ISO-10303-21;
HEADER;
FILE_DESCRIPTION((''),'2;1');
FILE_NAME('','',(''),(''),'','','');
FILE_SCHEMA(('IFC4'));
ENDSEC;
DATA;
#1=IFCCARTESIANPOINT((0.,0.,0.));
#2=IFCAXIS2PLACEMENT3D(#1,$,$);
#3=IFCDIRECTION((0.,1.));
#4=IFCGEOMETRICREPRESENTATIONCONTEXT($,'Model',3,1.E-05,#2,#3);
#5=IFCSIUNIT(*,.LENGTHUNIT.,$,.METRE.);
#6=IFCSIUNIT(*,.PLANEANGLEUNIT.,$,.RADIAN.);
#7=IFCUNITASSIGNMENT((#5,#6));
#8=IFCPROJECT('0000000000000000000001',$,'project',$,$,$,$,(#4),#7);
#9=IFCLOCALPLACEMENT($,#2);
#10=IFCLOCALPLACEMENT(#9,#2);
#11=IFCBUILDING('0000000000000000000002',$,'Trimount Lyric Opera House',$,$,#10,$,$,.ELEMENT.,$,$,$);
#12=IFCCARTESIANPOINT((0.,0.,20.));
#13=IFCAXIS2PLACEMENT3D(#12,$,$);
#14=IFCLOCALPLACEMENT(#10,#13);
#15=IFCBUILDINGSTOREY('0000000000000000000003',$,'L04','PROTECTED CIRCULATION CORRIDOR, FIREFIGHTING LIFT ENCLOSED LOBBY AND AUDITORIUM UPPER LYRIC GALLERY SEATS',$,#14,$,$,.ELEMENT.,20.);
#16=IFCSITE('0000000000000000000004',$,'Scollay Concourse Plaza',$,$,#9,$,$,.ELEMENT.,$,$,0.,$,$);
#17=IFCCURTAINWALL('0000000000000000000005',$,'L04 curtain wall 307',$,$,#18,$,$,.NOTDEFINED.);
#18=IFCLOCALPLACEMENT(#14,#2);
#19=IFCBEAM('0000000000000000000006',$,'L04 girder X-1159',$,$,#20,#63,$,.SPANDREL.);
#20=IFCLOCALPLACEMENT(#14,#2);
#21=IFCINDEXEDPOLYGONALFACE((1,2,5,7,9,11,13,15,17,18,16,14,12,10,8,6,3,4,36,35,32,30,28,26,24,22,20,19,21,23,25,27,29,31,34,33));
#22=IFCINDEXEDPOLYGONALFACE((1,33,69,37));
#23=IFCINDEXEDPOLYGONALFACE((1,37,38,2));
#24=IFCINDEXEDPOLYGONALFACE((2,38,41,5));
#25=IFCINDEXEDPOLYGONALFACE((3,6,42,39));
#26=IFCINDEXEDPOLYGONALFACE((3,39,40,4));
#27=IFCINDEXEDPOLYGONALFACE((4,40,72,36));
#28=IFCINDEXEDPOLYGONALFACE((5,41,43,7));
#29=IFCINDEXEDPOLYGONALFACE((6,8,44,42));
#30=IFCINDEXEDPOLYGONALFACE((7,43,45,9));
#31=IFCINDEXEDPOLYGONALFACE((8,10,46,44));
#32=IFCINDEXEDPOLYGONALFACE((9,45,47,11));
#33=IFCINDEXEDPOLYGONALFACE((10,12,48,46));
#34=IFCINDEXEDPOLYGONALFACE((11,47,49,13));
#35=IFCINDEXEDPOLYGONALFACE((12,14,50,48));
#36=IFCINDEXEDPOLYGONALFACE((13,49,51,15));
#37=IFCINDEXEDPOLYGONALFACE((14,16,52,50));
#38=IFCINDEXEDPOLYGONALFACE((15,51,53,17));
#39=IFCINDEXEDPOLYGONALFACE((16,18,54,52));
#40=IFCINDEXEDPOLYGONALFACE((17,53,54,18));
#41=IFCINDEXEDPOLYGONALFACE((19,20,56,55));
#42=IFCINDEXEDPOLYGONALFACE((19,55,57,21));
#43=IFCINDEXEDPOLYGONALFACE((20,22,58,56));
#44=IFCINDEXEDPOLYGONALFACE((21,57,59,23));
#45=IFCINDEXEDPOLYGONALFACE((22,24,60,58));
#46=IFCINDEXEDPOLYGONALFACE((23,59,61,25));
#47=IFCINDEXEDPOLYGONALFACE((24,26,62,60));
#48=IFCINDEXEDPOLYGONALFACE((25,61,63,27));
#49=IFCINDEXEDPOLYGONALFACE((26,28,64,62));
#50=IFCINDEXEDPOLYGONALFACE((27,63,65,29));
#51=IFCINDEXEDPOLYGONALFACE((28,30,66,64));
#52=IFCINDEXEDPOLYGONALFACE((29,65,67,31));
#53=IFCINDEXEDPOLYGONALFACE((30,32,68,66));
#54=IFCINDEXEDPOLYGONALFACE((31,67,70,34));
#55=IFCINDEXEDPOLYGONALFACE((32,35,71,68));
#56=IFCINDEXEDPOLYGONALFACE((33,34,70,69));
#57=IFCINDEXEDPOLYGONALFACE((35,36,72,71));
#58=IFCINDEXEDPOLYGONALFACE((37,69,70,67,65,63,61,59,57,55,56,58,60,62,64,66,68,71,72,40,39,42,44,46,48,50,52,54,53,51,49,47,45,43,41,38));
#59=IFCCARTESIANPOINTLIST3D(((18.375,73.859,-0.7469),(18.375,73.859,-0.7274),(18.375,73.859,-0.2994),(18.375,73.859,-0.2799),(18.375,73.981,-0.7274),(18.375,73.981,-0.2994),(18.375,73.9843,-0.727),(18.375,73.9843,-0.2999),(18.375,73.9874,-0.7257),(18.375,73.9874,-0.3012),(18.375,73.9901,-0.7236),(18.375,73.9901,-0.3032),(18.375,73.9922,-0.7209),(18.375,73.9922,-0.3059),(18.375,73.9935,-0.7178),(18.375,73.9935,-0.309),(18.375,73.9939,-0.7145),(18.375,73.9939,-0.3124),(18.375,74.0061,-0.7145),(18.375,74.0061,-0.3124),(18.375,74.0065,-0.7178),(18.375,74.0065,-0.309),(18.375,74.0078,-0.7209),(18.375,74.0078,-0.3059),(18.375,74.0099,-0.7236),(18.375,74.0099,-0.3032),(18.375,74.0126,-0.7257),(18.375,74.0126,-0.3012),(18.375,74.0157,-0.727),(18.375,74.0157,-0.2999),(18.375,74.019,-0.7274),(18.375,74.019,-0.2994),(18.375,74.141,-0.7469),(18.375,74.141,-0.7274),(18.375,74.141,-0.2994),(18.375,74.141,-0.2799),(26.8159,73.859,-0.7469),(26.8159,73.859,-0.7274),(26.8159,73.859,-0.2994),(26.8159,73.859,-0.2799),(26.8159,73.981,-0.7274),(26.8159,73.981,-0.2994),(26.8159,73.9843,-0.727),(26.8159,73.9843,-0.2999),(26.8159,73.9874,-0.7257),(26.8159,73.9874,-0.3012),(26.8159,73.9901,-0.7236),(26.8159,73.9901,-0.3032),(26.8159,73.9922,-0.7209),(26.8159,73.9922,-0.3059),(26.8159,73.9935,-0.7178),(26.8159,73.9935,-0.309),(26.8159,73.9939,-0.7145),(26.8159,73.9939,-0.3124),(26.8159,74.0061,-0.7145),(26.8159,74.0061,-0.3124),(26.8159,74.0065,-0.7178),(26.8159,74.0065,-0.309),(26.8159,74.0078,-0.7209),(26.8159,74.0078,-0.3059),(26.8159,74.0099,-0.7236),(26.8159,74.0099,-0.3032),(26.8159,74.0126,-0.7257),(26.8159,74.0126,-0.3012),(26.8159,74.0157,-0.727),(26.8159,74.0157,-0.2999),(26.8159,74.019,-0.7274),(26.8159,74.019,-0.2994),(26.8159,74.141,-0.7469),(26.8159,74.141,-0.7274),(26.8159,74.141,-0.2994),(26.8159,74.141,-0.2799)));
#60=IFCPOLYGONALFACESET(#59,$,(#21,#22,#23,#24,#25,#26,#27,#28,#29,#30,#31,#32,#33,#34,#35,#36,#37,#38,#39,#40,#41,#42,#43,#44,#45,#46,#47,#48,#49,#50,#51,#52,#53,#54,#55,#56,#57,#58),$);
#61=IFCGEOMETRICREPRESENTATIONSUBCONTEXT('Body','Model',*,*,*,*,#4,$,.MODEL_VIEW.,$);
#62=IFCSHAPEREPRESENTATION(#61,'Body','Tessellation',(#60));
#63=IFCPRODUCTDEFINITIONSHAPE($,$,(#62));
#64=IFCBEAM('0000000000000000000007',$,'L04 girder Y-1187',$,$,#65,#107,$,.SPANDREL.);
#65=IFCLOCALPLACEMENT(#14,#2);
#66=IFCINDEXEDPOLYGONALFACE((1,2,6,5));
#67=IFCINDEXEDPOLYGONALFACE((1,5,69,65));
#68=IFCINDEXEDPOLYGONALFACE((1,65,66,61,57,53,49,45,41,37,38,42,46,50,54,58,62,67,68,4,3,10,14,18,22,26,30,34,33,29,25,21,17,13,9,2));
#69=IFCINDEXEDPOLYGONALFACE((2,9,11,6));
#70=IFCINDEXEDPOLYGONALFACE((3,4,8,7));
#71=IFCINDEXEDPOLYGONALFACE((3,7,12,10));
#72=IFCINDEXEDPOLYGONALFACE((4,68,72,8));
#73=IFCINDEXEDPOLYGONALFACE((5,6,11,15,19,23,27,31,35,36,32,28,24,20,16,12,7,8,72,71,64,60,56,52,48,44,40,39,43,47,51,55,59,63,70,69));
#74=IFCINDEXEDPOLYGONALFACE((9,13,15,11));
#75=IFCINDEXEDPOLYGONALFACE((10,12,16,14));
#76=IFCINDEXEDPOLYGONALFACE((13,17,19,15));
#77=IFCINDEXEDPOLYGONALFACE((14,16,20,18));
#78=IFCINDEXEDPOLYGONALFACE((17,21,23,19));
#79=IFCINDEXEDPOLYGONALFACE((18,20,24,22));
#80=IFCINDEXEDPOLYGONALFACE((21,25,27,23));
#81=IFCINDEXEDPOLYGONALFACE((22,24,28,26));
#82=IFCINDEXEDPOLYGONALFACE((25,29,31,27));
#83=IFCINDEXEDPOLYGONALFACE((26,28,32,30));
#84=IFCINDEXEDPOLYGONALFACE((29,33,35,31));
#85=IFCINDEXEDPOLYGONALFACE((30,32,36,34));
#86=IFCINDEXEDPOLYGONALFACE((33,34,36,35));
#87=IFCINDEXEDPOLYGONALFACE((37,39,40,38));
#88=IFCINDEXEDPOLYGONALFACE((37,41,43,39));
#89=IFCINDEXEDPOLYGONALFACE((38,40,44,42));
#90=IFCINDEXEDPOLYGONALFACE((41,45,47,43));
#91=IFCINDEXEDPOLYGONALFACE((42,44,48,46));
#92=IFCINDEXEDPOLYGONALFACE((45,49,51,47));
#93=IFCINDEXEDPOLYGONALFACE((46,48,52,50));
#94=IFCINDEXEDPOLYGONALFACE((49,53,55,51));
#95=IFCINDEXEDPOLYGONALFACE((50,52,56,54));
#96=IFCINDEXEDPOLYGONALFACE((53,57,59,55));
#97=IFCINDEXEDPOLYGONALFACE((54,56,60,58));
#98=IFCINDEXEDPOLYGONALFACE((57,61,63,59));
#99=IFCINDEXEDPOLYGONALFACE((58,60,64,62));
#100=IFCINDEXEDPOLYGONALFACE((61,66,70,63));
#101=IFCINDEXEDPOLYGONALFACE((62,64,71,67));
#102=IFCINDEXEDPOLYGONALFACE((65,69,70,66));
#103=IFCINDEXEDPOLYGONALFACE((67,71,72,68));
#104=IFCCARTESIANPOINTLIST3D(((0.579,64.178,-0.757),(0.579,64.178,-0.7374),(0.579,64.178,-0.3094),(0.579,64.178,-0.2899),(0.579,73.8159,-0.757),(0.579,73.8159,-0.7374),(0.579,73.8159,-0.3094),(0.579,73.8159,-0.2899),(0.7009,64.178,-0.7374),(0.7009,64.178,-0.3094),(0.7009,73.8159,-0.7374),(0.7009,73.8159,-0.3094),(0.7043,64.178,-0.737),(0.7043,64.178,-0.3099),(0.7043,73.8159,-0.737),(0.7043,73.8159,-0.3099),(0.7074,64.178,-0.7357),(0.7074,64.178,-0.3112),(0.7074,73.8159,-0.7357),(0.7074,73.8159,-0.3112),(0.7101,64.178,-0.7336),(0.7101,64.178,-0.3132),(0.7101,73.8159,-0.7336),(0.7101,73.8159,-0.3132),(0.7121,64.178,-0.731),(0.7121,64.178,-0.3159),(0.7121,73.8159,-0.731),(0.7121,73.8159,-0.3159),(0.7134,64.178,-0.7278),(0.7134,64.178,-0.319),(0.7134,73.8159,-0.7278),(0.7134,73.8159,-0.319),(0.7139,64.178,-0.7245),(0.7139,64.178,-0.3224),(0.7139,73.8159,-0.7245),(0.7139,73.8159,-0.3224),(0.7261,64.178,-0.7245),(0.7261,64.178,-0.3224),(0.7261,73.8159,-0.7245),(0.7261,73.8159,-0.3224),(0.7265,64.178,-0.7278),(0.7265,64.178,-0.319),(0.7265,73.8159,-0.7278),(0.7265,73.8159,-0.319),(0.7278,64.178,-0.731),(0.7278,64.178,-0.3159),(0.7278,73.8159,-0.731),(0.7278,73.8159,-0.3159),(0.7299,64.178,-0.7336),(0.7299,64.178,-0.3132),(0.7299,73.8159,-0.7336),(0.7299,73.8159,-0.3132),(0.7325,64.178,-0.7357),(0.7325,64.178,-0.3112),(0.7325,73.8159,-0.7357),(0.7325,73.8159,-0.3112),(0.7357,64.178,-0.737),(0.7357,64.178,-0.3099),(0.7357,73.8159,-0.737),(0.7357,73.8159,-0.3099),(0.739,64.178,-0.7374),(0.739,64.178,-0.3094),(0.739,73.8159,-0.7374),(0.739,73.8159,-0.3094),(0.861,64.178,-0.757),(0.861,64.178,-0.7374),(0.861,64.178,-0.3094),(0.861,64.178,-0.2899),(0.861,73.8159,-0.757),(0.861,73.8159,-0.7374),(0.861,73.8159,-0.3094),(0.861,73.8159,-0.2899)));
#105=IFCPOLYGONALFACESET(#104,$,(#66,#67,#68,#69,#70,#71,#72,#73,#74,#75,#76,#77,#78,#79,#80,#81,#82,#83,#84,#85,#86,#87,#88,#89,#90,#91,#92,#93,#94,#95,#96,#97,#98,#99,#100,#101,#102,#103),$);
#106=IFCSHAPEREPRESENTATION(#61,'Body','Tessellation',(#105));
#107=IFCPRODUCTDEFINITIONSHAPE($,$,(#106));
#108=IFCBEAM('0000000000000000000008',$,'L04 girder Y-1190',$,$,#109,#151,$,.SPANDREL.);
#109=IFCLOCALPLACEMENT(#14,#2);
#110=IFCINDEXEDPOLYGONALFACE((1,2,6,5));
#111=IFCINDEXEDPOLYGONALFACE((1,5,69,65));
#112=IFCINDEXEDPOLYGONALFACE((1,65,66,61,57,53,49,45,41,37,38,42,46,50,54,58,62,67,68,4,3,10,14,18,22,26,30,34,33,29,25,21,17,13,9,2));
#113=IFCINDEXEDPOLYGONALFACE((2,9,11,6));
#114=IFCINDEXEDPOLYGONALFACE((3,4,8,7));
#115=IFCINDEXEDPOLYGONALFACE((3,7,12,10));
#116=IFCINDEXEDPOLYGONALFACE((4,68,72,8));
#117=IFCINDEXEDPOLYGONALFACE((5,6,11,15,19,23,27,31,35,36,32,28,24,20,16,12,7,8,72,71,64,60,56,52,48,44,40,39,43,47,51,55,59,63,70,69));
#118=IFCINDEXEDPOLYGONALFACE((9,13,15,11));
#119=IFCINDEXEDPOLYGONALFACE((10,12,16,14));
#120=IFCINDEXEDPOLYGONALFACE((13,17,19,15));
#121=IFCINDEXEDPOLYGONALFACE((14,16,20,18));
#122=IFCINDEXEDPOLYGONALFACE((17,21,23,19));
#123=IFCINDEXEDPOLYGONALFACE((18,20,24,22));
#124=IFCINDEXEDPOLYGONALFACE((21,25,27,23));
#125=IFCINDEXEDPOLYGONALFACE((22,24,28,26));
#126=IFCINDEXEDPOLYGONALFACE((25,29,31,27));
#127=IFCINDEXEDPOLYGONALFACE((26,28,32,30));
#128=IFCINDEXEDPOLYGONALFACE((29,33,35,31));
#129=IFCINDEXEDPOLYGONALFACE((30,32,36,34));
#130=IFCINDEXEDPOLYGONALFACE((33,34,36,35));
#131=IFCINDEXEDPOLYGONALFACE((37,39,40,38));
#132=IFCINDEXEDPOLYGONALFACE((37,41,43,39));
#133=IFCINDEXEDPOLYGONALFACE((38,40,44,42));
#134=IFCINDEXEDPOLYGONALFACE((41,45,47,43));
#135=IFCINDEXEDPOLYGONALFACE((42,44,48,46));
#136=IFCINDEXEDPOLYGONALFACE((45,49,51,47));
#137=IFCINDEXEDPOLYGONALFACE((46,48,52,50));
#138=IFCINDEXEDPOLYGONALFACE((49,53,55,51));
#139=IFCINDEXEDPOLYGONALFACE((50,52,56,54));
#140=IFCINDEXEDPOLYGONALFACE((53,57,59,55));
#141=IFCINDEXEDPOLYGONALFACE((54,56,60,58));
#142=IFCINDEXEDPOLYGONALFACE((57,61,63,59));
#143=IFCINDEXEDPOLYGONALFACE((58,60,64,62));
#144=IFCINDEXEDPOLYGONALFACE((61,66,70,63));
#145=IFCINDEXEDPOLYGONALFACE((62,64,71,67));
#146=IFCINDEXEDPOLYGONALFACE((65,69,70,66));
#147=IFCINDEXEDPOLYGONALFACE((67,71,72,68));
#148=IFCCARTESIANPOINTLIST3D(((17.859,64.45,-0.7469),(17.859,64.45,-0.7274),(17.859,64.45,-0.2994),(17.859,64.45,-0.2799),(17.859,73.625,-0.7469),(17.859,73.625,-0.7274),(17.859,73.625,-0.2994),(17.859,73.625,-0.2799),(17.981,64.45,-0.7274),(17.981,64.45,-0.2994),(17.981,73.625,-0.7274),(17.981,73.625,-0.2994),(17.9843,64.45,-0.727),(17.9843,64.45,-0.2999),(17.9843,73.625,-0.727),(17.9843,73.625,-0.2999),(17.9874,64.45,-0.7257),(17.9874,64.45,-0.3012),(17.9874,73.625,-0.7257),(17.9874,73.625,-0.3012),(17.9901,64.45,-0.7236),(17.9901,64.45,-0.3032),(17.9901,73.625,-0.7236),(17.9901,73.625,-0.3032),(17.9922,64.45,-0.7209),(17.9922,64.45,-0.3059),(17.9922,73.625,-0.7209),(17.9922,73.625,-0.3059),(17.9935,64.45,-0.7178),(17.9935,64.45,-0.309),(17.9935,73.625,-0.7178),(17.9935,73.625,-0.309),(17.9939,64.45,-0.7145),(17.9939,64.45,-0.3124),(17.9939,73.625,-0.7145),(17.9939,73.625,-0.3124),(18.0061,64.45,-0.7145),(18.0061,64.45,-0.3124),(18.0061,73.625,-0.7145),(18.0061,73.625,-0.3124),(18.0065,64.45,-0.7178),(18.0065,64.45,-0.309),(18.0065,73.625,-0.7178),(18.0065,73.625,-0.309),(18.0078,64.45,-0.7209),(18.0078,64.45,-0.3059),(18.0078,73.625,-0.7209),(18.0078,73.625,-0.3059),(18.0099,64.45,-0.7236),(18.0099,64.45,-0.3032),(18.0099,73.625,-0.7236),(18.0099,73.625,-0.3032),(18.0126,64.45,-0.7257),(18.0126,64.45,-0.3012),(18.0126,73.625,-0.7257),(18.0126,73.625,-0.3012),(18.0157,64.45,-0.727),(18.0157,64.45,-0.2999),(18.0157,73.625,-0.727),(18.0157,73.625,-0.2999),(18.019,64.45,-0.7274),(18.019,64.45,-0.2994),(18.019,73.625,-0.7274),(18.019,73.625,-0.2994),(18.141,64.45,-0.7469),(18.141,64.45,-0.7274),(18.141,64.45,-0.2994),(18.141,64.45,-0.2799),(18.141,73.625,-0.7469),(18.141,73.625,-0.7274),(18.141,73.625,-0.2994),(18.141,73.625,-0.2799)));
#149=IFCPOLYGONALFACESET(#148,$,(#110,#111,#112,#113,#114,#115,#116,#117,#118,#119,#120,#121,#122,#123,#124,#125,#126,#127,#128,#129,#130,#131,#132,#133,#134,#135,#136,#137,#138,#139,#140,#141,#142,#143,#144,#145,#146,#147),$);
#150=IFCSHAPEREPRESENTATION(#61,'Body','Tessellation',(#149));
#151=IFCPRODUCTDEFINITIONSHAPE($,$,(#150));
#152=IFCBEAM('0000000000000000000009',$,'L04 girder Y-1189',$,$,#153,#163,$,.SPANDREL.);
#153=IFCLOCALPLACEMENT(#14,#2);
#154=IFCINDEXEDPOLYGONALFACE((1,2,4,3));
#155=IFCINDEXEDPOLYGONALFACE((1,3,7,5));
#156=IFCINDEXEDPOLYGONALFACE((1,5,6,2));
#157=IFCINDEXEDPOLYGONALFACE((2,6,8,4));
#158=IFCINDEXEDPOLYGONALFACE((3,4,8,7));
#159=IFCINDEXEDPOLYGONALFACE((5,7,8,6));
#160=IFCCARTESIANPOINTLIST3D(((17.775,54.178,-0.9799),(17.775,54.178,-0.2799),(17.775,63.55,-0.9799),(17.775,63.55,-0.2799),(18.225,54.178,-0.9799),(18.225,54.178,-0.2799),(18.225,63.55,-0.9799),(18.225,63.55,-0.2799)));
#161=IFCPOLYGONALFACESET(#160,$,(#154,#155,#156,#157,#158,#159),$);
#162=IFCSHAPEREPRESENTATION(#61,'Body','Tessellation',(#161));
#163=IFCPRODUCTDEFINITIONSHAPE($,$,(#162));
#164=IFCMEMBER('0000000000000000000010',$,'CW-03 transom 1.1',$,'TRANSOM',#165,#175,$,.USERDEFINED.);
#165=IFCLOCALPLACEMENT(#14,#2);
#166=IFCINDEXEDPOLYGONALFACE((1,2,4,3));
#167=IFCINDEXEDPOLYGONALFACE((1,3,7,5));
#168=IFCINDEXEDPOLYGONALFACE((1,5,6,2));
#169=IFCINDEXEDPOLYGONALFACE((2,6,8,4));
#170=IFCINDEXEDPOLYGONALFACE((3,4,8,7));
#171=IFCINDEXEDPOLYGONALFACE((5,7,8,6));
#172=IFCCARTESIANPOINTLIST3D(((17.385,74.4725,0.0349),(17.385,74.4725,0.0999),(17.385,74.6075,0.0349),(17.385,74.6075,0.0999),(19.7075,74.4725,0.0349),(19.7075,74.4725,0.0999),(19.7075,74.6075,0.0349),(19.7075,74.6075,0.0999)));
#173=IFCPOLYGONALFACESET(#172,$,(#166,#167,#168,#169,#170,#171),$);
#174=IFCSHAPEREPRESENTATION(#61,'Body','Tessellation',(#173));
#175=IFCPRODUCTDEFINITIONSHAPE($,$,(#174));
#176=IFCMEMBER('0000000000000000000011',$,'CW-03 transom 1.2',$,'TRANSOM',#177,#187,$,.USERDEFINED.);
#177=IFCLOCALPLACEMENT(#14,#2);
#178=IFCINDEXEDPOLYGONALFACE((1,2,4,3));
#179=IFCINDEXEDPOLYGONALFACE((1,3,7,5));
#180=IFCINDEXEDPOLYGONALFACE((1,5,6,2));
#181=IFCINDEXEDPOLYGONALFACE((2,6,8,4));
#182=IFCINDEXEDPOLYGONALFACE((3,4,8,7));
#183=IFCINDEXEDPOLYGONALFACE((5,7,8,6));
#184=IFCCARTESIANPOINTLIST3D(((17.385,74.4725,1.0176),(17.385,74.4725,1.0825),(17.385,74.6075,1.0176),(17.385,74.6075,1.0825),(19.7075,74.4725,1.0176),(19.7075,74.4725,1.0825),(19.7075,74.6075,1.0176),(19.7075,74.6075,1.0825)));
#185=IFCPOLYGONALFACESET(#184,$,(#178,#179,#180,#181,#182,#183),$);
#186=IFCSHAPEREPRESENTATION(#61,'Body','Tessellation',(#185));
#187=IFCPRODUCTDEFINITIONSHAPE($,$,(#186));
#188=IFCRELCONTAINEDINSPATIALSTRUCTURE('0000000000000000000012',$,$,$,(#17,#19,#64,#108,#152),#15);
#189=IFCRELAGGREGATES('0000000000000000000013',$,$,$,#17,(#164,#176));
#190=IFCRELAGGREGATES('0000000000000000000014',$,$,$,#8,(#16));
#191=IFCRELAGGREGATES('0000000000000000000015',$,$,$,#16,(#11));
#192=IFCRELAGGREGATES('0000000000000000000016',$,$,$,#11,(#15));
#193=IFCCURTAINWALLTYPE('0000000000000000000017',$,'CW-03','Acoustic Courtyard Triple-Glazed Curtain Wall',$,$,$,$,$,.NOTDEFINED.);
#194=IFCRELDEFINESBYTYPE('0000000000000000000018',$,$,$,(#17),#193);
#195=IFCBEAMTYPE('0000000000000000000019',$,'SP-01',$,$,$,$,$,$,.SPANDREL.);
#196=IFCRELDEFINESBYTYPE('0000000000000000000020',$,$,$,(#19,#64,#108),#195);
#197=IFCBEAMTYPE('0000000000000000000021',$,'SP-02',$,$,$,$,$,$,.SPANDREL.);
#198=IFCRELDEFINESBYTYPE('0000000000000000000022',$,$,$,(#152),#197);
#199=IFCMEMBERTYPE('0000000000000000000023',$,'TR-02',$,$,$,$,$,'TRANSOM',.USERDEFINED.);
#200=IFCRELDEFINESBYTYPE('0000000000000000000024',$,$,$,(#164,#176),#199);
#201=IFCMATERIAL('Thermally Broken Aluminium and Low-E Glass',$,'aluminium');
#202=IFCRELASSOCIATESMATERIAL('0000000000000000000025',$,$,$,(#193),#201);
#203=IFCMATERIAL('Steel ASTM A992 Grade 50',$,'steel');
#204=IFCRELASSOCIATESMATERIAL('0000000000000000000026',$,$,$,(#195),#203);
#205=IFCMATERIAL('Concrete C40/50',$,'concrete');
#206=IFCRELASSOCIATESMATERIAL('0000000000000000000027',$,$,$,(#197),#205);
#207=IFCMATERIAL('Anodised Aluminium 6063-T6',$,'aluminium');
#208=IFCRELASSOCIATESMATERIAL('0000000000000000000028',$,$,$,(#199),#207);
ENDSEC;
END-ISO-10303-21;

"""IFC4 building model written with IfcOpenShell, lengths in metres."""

from ifc_helpers import new_model, si_unit, direction, frame, origin, origin_2d, place, context, subcontext, project, spatial, rectangle, i_section, extrude, material, material_profile, profile_set, type_object, element, aggregate, save


model = new_model("IFC4")

# Units and contexts
model_context = context("Model", 3, precision=1e-05, world=origin(), true_north=direction((0.0, 1.0)))
body_context = subcontext(model_context, "Body", "Model", "MODEL_VIEW")
ifc_project = project(units=[si_unit("LENGTHUNIT", "METRE"), si_unit("PLANEANGLEUNIT", "RADIAN")], contexts=[model_context])

# Site, building, storey
site_placement = place(None, origin())
site = spatial("IfcSite", under=ifc_project, at=site_placement, Name="Scollay Concourse Plaza", CompositionType="ELEMENT", RefElevation=0.0)
building_placement = place(site_placement, origin())
building = spatial("IfcBuilding", under=site, at=building_placement, Name="Trimount Lyric Opera House", CompositionType="ELEMENT")
storey_placement = place(building_placement, frame((0.0, 0.0, 20.0)))
storey = spatial("IfcBuildingStorey", under=building, at=storey_placement, Name="L04", Description="PROTECTED CIRCULATION CORRIDOR, FIREFIGHTING LIFT ENCLOSED LOBBY AND AUDITORIUM UPPER LYRIC GALLERY SEATS", CompositionType="ELEMENT", Elevation=20.0)

# Curtain wall
ifc_material_1 = material(Name="Thermally Broken Aluminium and Low-E Glass", Category="aluminium")
curtain_wall_type = type_object("IfcCurtainWallType", Name="CW-03", Description="Acoustic Courtyard Triple-Glazed Curtain Wall", PredefinedType="NOTDEFINED", material=ifc_material_1)
curtain_wall_placement = place(storey_placement, origin())
curtain_wall = element("IfcCurtainWall", 1, at=curtain_wall_placement, inside=storey, type_object=curtain_wall_type, Name="L04 curtain wall 307", PredefinedType="NOTDEFINED")

# Beams
ifc_material_2 = material(Name="Steel ASTM A992 Grade 50", Category="steel")
ifc_material_profile_1 = material_profile(ifc_material_2, i_section(OverallWidth=0.282, OverallDepth=0.467, WebThickness=0.0122, FlangeThickness=0.0195, FilletRadius=0.0129, at=origin_2d()), Name="W18X86")
ifc_profile_set_1 = profile_set([ifc_material_profile_1], Name="Steel ASTM A992 Grade 50")
beam_type_1 = type_object("IfcBeamType", Name="SP-01", PredefinedType="SPANDREL", material=ifc_profile_set_1)
beam_1_placement = place(storey_placement, frame((18.375, 74.0, -0.5134), z_axis=(1.0, 0.0, 0.0), x_axis=(0.0, 1.0, 0.0)))
element("IfcBeam", 2, at=beam_1_placement, inside=storey, type_object=beam_type_1, Name="L04 girder X-1159", PredefinedType="SPANDREL", context=body_context, shape_type="SweptSolid", body=[
    extrude(i_section(OverallWidth=0.282, OverallDepth=0.467, WebThickness=0.0122, FlangeThickness=0.0195, FilletRadius=0.0129, at=origin_2d()), origin(), (0.0, 0.0, 1.0), 8.4409),
])
beam_2_placement = place(storey_placement, frame((0.72, 64.178, -0.5234), z_axis=(0.0, 1.0, 0.0), x_axis=(-1.0, 0.0, 0.0)))
element("IfcBeam", 3, at=beam_2_placement, inside=storey, type_object=beam_type_1, Name="L04 girder Y-1187", PredefinedType="SPANDREL", context=body_context, shape_type="SweptSolid", body=[
    extrude(i_section(OverallWidth=0.282, OverallDepth=0.467, WebThickness=0.0122, FlangeThickness=0.0195, FilletRadius=0.0129, at=origin_2d()), origin(), (0.0, 0.0, 1.0), 9.6379),
])
beam_3_placement = place(storey_placement, frame((18.0, 64.45, -0.5134), z_axis=(0.0, 1.0, 0.0), x_axis=(-1.0, 0.0, 0.0)))
element("IfcBeam", 4, at=beam_3_placement, inside=storey, type_object=beam_type_1, Name="L04 girder Y-1190", PredefinedType="SPANDREL", context=body_context, shape_type="SweptSolid", body=[
    extrude(i_section(OverallWidth=0.282, OverallDepth=0.467, WebThickness=0.0122, FlangeThickness=0.0195, FilletRadius=0.0129, at=origin_2d()), origin(), (0.0, 0.0, 1.0), 9.175),
])
ifc_material_3 = material(Name="Concrete C40/50", Category="concrete")
ifc_material_profile_2 = material_profile(ifc_material_3, rectangle(XDim=0.45, YDim=0.7, at=origin_2d()), Name="RC450X700")
ifc_profile_set_2 = profile_set([ifc_material_profile_2], Name="Concrete C40/50")
beam_type_2 = type_object("IfcBeamType", Name="SP-02", PredefinedType="SPANDREL", material=ifc_profile_set_2)
beam_4_placement = place(storey_placement, frame((18.0, 54.178, -0.6299), z_axis=(0.0, 1.0, 0.0), x_axis=(-1.0, 0.0, 0.0)))
element("IfcBeam", 5, at=beam_4_placement, inside=storey, type_object=beam_type_2, Name="L04 girder Y-1189", PredefinedType="SPANDREL", context=body_context, shape_type="SweptSolid", body=[
    extrude(rectangle(XDim=0.45, YDim=0.7, at=origin_2d()), origin(), (0.0, 0.0, 1.0), 9.3721),
])

# Members
ifc_material_4 = material(Name="Anodised Aluminium 6063-T6", Category="aluminium")
ifc_material_profile_3 = material_profile(ifc_material_4, rectangle(XDim=0.135, YDim=0.0649, at=origin_2d()), Name="ALU-TRAN-65X135")
ifc_profile_set_3 = profile_set([ifc_material_profile_3], Name="Anodised Aluminium 6063-T6")
member_type_1 = type_object("IfcMemberType", Name="TR-02", ElementType="TRANSOM", PredefinedType="USERDEFINED", material=ifc_profile_set_3)
member_1_placement = place(storey_placement, frame((17.385, 74.54, 0.0674), z_axis=(1.0, 0.0, 0.0), x_axis=(0.0, 1.0, 0.0)))
member_1 = element("IfcMember", 6, at=member_1_placement, type_object=member_type_1, Name="CW-03 transom 1.1", ObjectType="TRANSOM", PredefinedType="USERDEFINED", context=body_context, shape_type="SweptSolid", body=[
    extrude(rectangle(XDim=0.135, YDim=0.0649, at=origin_2d()), origin(), (0.0, 0.0, 1.0), 2.3225),
])
member_2_placement = place(storey_placement, frame((17.385, 74.54, 1.05), z_axis=(1.0, 0.0, 0.0), x_axis=(0.0, 1.0, 0.0)))
member_2 = element("IfcMember", 7, at=member_2_placement, type_object=member_type_1, Name="CW-03 transom 1.2", ObjectType="TRANSOM", PredefinedType="USERDEFINED", context=body_context, shape_type="SweptSolid", body=[
    extrude(rectangle(XDim=0.135, YDim=0.0649, at=origin_2d()), origin(), (0.0, 0.0, 1.0), 2.3225),
])

aggregate(curtain_wall, [member_1, member_2])

save(model, "model.ifc")
